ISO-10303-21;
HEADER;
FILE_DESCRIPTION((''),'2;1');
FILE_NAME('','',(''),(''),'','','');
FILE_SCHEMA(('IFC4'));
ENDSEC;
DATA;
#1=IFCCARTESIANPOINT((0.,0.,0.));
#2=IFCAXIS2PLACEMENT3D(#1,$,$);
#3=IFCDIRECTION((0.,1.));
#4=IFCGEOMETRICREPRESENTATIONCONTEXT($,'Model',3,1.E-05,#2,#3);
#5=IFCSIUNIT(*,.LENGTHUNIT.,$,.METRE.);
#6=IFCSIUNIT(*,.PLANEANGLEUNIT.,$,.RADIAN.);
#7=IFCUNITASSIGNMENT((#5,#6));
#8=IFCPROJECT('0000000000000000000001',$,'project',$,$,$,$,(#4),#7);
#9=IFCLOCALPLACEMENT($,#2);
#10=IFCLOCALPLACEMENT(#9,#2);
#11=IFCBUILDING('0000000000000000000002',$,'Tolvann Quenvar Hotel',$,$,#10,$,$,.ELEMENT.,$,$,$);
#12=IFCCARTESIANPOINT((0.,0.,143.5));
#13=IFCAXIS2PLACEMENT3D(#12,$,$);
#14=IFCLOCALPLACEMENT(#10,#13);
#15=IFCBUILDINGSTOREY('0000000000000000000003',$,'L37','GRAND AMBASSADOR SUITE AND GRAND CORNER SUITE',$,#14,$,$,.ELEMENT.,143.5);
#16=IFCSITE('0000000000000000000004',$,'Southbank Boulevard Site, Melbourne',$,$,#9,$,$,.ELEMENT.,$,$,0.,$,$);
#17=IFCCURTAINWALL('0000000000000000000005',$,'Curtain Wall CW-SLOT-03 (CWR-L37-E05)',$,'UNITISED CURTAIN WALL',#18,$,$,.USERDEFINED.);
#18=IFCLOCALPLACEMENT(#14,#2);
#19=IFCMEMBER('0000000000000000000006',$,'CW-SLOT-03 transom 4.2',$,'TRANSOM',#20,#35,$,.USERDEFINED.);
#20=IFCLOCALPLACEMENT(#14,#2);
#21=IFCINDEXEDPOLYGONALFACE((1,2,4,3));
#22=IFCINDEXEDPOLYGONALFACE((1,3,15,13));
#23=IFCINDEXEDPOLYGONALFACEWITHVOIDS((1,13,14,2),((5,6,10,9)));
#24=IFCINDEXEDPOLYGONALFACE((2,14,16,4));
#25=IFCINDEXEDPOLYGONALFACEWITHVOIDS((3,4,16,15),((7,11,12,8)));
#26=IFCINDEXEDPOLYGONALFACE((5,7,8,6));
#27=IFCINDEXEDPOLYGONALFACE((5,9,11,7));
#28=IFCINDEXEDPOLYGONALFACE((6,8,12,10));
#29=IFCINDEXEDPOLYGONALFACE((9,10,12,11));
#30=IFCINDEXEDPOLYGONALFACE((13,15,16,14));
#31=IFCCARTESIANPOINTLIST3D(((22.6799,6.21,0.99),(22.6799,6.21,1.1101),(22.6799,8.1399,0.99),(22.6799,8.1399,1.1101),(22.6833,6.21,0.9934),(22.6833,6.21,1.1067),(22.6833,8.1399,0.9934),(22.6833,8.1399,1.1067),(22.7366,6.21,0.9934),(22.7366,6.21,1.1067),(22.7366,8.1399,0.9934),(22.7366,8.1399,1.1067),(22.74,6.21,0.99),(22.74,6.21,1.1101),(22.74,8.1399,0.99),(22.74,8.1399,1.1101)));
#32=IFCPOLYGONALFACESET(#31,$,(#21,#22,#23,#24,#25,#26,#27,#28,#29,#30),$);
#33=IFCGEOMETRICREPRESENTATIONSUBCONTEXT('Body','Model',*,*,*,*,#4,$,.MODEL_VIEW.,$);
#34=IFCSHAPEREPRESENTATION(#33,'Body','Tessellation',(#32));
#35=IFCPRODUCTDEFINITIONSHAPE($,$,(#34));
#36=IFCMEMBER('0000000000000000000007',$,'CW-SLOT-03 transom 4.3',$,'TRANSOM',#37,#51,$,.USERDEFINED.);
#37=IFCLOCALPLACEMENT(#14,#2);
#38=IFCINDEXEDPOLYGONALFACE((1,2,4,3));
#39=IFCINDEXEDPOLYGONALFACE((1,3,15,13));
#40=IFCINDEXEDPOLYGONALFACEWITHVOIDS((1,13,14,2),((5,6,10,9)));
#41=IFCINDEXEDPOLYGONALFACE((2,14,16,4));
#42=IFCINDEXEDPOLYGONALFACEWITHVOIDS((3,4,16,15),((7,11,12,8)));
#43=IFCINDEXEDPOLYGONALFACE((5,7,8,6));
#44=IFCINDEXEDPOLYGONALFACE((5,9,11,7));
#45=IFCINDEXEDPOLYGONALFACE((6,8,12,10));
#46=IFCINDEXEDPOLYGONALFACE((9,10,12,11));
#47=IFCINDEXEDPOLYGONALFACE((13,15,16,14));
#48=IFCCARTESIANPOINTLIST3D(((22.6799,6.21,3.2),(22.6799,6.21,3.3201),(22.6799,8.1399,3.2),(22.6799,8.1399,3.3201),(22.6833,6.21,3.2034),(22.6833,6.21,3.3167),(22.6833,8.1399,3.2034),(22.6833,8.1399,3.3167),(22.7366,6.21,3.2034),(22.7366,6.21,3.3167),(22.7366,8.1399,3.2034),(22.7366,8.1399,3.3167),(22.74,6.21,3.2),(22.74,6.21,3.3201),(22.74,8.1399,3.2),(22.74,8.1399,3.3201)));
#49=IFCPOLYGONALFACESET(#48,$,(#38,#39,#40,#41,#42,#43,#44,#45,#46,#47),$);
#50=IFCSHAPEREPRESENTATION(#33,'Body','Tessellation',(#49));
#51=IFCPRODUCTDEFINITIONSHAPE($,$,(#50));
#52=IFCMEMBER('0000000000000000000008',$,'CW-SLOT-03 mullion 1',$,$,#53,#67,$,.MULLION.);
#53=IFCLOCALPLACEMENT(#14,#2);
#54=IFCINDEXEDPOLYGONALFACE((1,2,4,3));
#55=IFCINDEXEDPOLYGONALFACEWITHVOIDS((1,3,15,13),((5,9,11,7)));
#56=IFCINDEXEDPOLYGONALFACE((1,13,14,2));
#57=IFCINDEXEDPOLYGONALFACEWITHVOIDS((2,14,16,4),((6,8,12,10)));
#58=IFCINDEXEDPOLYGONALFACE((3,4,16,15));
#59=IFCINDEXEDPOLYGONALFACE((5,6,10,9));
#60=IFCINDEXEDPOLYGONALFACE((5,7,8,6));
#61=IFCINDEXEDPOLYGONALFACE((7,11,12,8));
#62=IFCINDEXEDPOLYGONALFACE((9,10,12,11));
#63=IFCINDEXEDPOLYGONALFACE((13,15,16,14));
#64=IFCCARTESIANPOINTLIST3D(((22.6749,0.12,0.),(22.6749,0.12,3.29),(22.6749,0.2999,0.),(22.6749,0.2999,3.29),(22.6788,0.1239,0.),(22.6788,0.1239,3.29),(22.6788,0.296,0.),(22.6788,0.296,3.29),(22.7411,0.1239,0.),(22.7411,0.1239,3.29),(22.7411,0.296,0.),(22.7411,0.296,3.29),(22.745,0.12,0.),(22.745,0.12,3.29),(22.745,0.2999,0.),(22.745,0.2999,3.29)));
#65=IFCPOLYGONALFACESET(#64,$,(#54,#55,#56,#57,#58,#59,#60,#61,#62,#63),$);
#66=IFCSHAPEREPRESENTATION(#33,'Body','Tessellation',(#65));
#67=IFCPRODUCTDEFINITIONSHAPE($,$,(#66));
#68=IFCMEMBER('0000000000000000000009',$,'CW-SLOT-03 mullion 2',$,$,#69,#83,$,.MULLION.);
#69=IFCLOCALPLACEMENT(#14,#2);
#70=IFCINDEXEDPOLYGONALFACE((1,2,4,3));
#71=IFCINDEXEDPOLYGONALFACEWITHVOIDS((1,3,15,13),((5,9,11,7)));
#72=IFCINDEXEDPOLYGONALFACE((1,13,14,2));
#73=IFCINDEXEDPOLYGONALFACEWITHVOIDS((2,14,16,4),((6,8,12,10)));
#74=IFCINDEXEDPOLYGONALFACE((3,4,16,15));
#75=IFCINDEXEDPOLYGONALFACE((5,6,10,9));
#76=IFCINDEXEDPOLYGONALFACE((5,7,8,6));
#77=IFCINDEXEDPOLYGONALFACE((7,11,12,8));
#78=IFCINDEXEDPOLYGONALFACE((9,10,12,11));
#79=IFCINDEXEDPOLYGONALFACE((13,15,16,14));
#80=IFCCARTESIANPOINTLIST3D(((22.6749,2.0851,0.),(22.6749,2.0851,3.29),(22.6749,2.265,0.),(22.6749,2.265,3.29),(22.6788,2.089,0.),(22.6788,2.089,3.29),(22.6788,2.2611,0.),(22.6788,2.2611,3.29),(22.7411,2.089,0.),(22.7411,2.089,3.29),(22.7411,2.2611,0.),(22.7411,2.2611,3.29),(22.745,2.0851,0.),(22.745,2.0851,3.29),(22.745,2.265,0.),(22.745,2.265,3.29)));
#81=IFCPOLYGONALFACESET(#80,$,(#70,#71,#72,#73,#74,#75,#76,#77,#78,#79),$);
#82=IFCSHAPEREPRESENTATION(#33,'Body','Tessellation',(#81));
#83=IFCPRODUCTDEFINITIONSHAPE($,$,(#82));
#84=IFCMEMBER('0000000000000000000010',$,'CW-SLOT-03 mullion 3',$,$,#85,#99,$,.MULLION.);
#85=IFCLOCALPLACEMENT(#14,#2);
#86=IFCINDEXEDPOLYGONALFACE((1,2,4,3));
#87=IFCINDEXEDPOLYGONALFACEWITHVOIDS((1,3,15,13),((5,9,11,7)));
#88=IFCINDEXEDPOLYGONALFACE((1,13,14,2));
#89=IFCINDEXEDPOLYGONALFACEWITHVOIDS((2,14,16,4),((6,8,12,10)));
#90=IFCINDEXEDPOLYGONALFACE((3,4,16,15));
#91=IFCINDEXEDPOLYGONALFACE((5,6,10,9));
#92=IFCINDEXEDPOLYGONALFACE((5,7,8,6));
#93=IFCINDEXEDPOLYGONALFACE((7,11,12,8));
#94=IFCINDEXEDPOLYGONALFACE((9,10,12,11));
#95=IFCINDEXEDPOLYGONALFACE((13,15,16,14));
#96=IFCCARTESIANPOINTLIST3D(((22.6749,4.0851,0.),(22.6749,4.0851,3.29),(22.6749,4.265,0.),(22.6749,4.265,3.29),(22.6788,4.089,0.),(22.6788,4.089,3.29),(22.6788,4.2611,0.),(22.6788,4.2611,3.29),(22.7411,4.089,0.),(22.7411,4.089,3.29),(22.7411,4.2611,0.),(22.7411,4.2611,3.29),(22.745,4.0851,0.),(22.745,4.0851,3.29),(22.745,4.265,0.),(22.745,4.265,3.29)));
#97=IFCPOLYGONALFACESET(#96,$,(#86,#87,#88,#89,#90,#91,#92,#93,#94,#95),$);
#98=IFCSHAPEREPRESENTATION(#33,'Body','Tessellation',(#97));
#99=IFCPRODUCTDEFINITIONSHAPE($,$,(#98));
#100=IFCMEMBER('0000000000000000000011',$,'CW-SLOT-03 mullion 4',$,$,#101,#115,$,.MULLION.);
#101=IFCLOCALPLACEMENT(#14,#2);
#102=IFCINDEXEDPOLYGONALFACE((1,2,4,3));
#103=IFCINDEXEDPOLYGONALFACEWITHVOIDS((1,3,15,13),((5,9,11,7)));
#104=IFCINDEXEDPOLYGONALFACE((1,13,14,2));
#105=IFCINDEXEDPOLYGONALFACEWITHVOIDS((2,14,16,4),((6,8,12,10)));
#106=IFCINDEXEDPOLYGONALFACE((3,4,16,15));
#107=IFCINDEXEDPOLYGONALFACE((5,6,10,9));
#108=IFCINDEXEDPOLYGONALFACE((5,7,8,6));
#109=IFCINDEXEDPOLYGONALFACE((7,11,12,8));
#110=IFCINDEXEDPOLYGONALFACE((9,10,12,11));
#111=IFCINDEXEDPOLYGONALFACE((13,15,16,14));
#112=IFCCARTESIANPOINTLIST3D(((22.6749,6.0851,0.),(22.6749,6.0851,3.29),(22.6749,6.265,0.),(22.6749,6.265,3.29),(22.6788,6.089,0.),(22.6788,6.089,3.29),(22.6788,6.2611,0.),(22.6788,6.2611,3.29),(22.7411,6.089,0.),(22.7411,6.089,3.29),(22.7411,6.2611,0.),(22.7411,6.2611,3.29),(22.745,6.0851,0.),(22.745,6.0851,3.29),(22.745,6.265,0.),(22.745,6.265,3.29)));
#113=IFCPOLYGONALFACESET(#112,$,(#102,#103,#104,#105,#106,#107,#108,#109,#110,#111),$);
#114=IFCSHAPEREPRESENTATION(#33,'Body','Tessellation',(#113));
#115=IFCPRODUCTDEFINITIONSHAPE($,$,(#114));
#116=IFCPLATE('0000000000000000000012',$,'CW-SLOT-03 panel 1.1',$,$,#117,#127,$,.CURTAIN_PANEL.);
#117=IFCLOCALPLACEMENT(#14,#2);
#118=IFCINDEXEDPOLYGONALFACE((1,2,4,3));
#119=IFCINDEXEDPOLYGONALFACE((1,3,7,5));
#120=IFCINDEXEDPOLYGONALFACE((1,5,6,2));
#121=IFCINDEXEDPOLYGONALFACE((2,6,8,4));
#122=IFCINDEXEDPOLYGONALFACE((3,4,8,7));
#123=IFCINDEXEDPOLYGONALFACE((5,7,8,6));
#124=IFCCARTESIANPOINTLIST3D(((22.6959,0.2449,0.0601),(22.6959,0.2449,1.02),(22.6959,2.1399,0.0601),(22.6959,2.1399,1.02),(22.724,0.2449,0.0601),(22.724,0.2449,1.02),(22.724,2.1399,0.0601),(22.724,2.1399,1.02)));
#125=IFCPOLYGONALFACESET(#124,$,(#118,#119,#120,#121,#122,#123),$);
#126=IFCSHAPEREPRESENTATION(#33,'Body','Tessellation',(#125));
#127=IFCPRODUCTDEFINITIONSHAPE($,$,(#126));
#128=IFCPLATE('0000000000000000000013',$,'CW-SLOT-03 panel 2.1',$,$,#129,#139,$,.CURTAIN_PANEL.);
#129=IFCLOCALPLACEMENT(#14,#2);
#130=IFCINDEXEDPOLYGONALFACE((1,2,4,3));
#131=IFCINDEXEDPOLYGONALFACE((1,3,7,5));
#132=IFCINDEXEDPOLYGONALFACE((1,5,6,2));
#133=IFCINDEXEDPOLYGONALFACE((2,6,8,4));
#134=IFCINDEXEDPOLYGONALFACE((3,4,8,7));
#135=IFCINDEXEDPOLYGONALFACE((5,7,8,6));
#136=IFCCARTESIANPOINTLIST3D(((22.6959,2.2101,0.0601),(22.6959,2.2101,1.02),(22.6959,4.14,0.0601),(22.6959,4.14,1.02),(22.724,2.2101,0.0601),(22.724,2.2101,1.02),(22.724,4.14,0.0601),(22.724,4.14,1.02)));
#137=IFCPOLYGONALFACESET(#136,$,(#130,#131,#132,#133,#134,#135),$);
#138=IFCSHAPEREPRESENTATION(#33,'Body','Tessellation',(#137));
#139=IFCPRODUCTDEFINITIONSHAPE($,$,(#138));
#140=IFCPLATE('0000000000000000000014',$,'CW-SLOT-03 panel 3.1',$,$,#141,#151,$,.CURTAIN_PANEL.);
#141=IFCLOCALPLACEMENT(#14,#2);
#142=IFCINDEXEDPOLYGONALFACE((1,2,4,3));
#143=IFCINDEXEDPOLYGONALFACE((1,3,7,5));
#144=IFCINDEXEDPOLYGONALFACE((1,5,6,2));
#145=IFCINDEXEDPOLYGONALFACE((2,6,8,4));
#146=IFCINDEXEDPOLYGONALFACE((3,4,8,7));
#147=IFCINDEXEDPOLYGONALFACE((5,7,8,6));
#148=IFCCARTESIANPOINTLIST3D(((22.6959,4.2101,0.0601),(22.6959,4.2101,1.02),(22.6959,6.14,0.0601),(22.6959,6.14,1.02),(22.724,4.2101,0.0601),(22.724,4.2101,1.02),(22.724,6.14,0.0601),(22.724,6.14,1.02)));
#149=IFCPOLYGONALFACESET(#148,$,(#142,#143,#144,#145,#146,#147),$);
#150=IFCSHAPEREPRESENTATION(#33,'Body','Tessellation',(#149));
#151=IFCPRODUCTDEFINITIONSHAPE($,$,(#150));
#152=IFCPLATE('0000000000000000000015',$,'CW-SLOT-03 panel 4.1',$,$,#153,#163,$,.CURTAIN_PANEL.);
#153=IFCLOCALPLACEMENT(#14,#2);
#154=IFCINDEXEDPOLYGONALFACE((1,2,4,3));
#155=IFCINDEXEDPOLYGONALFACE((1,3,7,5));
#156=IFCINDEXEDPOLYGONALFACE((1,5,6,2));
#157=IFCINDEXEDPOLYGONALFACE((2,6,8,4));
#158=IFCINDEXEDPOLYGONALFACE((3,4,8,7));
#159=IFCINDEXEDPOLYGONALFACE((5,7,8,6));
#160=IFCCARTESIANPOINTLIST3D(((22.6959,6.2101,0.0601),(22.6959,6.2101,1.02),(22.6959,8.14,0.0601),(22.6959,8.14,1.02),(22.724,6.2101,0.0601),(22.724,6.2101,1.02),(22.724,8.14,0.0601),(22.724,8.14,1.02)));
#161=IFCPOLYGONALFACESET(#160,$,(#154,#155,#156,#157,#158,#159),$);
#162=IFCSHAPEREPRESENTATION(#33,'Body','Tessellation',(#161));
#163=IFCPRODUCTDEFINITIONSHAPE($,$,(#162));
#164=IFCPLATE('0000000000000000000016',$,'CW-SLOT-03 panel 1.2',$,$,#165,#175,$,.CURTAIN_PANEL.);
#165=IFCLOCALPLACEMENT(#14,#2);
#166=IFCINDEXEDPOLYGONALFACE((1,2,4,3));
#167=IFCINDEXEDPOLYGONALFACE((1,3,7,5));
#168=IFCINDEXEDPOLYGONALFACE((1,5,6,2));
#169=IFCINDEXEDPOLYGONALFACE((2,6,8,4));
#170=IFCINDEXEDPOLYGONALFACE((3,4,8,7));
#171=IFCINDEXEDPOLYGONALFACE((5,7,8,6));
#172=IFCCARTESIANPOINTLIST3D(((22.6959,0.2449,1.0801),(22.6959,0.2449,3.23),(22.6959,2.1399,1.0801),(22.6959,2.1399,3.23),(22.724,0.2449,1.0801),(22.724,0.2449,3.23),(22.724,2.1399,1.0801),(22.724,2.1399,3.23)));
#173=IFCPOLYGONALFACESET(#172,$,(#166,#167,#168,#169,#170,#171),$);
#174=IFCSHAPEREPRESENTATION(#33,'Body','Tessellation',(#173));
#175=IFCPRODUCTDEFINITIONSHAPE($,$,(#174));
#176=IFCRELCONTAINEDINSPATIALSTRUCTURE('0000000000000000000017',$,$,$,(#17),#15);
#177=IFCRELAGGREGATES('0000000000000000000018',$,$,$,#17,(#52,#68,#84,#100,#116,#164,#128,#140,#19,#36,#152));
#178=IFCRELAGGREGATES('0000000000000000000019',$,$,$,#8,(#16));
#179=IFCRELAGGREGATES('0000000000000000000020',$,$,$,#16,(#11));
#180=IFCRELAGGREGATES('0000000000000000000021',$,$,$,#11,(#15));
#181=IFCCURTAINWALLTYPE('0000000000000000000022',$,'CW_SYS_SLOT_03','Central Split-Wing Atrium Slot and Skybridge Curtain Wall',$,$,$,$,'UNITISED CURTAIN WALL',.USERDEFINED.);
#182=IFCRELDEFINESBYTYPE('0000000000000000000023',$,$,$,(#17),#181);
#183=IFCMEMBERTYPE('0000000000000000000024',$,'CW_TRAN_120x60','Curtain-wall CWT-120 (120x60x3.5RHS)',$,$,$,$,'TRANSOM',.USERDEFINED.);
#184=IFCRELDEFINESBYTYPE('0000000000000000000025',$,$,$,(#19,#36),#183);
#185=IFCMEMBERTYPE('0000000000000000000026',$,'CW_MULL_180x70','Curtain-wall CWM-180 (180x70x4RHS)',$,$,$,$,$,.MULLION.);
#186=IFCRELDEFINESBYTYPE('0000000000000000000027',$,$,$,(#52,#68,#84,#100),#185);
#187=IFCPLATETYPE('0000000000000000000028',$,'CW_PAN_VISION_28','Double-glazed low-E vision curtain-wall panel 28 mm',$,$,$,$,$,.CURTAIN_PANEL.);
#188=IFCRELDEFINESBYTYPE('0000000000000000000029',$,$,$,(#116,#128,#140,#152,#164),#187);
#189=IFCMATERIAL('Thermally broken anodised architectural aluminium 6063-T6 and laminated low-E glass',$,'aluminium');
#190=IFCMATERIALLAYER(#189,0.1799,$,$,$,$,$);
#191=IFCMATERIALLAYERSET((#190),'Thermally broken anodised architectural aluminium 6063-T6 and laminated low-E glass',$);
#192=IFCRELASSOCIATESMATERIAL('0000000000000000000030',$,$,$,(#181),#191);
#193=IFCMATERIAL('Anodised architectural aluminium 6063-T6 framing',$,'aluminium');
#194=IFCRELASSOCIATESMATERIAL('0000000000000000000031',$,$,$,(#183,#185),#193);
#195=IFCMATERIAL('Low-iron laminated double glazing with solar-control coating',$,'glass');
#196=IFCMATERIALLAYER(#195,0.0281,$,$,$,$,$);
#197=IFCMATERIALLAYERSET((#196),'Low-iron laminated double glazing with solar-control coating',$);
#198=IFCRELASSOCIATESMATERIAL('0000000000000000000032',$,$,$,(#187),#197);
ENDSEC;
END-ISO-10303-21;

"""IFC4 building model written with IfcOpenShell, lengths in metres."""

from ifc_helpers import new_model, si_unit, direction, frame, origin, origin_2d, place, context, subcontext, project, spatial, rectangle, hollow_rectangle, extrude, source, transform, mapped, material, layer, layer_set, material_profile, profile_set, type_object, type_shapes, element, aggregate, save


model = new_model("IFC4")

# Units and contexts
model_context = context("Model", 3, precision=1e-05, world=origin(), true_north=direction((0.0, 1.0)))
body_context = subcontext(model_context, "Body", "Model", "MODEL_VIEW")
ifc_project = project(units=[si_unit("LENGTHUNIT", "METRE"), si_unit("PLANEANGLEUNIT", "RADIAN")], contexts=[model_context])

# Site, building, storey
site_placement = place(None, origin())
site = spatial("IfcSite", under=ifc_project, at=site_placement, Name="Southbank Boulevard Site, Melbourne", CompositionType="ELEMENT", RefElevation=0.0)
building_placement = place(site_placement, origin())
building = spatial("IfcBuilding", under=site, at=building_placement, Name="Tolvann Quenvar Hotel", CompositionType="ELEMENT")
storey_placement = place(building_placement, frame((0.0, 0.0, 143.5)))
storey = spatial("IfcBuildingStorey", under=building, at=storey_placement, Name="L37", Description="GRAND AMBASSADOR SUITE AND GRAND CORNER SUITE", CompositionType="ELEMENT", Elevation=143.5)

# Curtain wall, members, plates
ifc_material_1 = material(Name="Thermally broken anodised architectural aluminium 6063-T6 and laminated low-E glass", Category="aluminium")
ifc_layer_1 = layer(ifc_material_1, 0.1799)
ifc_layer_set_1 = layer_set([ifc_layer_1], Name="Thermally broken anodised architectural aluminium 6063-T6 and laminated low-E glass")
curtain_wall_type = type_object("IfcCurtainWallType", Name="CW_SYS_SLOT_03", Description="Central Split-Wing Atrium Slot and Skybridge Curtain Wall", ElementType="UNITISED CURTAIN WALL", PredefinedType="USERDEFINED", material=ifc_layer_set_1)
curtain_wall_placement = place(storey_placement, origin())
curtain_wall = element("IfcCurtainWall", 1, at=curtain_wall_placement, inside=storey, type_object=curtain_wall_type, Name="Curtain Wall CW-SLOT-03 (CWR-L37-E05)", ObjectType="UNITISED CURTAIN WALL", PredefinedType="USERDEFINED")
ifc_material_2 = material(Name="Anodised architectural aluminium 6063-T6 framing", Category="aluminium")
ifc_material_profile_1 = material_profile(ifc_material_2, hollow_rectangle(XDim=0.0601, YDim=0.1201, WallThickness=0.0034, at=origin_2d()), Name="120x60x3.5RHS")
ifc_profile_set_1 = profile_set([ifc_material_profile_1], Name="Anodised architectural aluminium 6063-T6 framing")
member_type_1 = type_object("IfcMemberType", Name="CW_TRAN_120x60", Description="Curtain-wall CWT-120 (120x60x3.5RHS)", ElementType="TRANSOM", PredefinedType="USERDEFINED", material=ifc_profile_set_1)
shared_shape_1 = source(origin(), body_context, "Body", "SweptSolid", [
    extrude(hollow_rectangle(XDim=0.0601, YDim=0.1201, WallThickness=0.0034, at=origin_2d()), origin(), (0.0, 0.0, 1.0), 1.9299),
])
member_1_placement = place(storey_placement, frame((22.71, 6.21, 1.05), z_axis=(0.0, 1.0, 0.0), x_axis=(-1.0, 0.0, 0.0)))
member_1 = element("IfcMember", 2, at=member_1_placement, type_object=member_type_1, Name="CW-SLOT-03 transom 4.2", ObjectType="TRANSOM", PredefinedType="USERDEFINED", context=body_context, shape_type="MappedRepresentation", body=[
    mapped(shared_shape_1, transform((0.0, 0.0, 0.0), x_axis=(1.0, 0.0, 0.0), y_axis=(0.0, 1.0, 0.0), z_axis=(0.0, 0.0, 1.0), scale=1.0)),
])
member_2_placement = place(storey_placement, frame((22.71, 6.21, 3.26), z_axis=(0.0, 1.0, 0.0), x_axis=(-1.0, 0.0, 0.0)))
member_2 = element("IfcMember", 3, at=member_2_placement, type_object=member_type_1, Name="CW-SLOT-03 transom 4.3", ObjectType="TRANSOM", PredefinedType="USERDEFINED", context=body_context, shape_type="MappedRepresentation", body=[
    mapped(shared_shape_1, transform((0.0, 0.0, 0.0), x_axis=(1.0, 0.0, 0.0), y_axis=(0.0, 1.0, 0.0), z_axis=(0.0, 0.0, 1.0), scale=1.0)),
])
ifc_material_profile_2 = material_profile(ifc_material_2, hollow_rectangle(XDim=0.0701, YDim=0.1799, WallThickness=0.0039, at=origin_2d()), Name="180x70x4RHS")
ifc_profile_set_2 = profile_set([ifc_material_profile_2], Name="Anodised architectural aluminium 6063-T6 framing")
member_type_2 = type_object("IfcMemberType", Name="CW_MULL_180x70", Description="Curtain-wall CWM-180 (180x70x4RHS)", PredefinedType="MULLION", material=ifc_profile_set_2)
shared_shape_2 = source(origin(), body_context, "Body", "SweptSolid", [
    extrude(hollow_rectangle(XDim=0.0701, YDim=0.1799, WallThickness=0.0039, at=origin_2d()), origin(), (0.0, 0.0, 1.0), 3.29),
])
type_shapes(member_type_2, [shared_shape_2])
member_3_placement = place(storey_placement, frame((22.71, 0.21, 0.0), z_axis=(0.0, 0.0, 1.0), x_axis=(-1.0, 0.0, 0.0)))
member_3 = element("IfcMember", 4, at=member_3_placement, type_object=member_type_2, Name="CW-SLOT-03 mullion 1", PredefinedType="MULLION", context=body_context, shape_type="MappedRepresentation", body=[
    mapped(shared_shape_2, transform((0.0, 0.0, 0.0), x_axis=(1.0, 0.0, 0.0), y_axis=(0.0, 1.0, 0.0), z_axis=(0.0, 0.0, 1.0), scale=1.0)),
])
member_4_placement = place(storey_placement, frame((22.71, 2.175, 0.0), z_axis=(0.0, 0.0, 1.0), x_axis=(-1.0, 0.0, 0.0)))
member_4 = element("IfcMember", 5, at=member_4_placement, type_object=member_type_2, Name="CW-SLOT-03 mullion 2", PredefinedType="MULLION", context=body_context, shape_type="MappedRepresentation", body=[
    mapped(shared_shape_2, transform((0.0, 0.0, 0.0), x_axis=(1.0, 0.0, 0.0), y_axis=(0.0, 1.0, 0.0), z_axis=(0.0, 0.0, 1.0), scale=1.0)),
])
member_5_placement = place(storey_placement, frame((22.71, 4.175, 0.0), z_axis=(0.0, 0.0, 1.0), x_axis=(-1.0, 0.0, 0.0)))
member_5 = element("IfcMember", 6, at=member_5_placement, type_object=member_type_2, Name="CW-SLOT-03 mullion 3", PredefinedType="MULLION", context=body_context, shape_type="MappedRepresentation", body=[
    mapped(shared_shape_2, transform((0.0, 0.0, 0.0), x_axis=(1.0, 0.0, 0.0), y_axis=(0.0, 1.0, 0.0), z_axis=(0.0, 0.0, 1.0), scale=1.0)),
])
member_6_placement = place(storey_placement, frame((22.71, 6.175, 0.0), z_axis=(0.0, 0.0, 1.0), x_axis=(-1.0, 0.0, 0.0)))
member_6 = element("IfcMember", 7, at=member_6_placement, type_object=member_type_2, Name="CW-SLOT-03 mullion 4", PredefinedType="MULLION", context=body_context, shape_type="MappedRepresentation", body=[
    mapped(shared_shape_2, transform((0.0, 0.0, 0.0), x_axis=(1.0, 0.0, 0.0), y_axis=(0.0, 1.0, 0.0), z_axis=(0.0, 0.0, 1.0), scale=1.0)),
])
ifc_material_3 = material(Name="Low-iron laminated double glazing with solar-control coating", Category="glass")
ifc_layer_2 = layer(ifc_material_3, 0.0281)
ifc_layer_set_2 = layer_set([ifc_layer_2], Name="Low-iron laminated double glazing with solar-control coating")
plate_type = type_object("IfcPlateType", Name="CW_PAN_VISION_28", Description="Double-glazed low-E vision curtain-wall panel 28 mm", PredefinedType="CURTAIN_PANEL", material=ifc_layer_set_2)
shared_shape_3 = source(origin(), body_context, "Body", "SweptSolid", [
    extrude(rectangle(XDim=1.895, YDim=0.0281, at=origin_2d()), origin(), (0.0, 0.0, 1.0), 0.96),
])
plate_1_placement = place(storey_placement, frame((22.71, 1.1924, 0.0601), z_axis=(0.0, 0.0, 1.0), x_axis=(0.0, 1.0, 0.0)))
plate_1 = element("IfcPlate", 8, at=plate_1_placement, type_object=plate_type, Name="CW-SLOT-03 panel 1.1", PredefinedType="CURTAIN_PANEL", context=body_context, shape_type="MappedRepresentation", body=[
    mapped(shared_shape_3, transform((0.0, 0.0, 0.0), x_axis=(1.0, 0.0, 0.0), y_axis=(0.0, 1.0, 0.0), z_axis=(0.0, 0.0, 1.0), scale=1.0)),
])
shared_shape_4 = source(origin(), body_context, "Body", "SweptSolid", [
    extrude(rectangle(XDim=1.9299, YDim=0.0281, at=origin_2d()), origin(), (0.0, 0.0, 1.0), 0.96),
])
plate_2_placement = place(storey_placement, frame((22.71, 3.175, 0.0601), z_axis=(0.0, 0.0, 1.0), x_axis=(0.0, 1.0, 0.0)))
plate_2 = element("IfcPlate", 9, at=plate_2_placement, type_object=plate_type, Name="CW-SLOT-03 panel 2.1", PredefinedType="CURTAIN_PANEL", context=body_context, shape_type="MappedRepresentation", body=[
    mapped(shared_shape_4, transform((0.0, 0.0, 0.0), x_axis=(1.0, 0.0, 0.0), y_axis=(0.0, 1.0, 0.0), z_axis=(0.0, 0.0, 1.0), scale=1.0)),
])
plate_3_placement = place(storey_placement, frame((22.71, 5.175, 0.0601), z_axis=(0.0, 0.0, 1.0), x_axis=(0.0, 1.0, 0.0)))
plate_3 = element("IfcPlate", 10, at=plate_3_placement, type_object=plate_type, Name="CW-SLOT-03 panel 3.1", PredefinedType="CURTAIN_PANEL", context=body_context, shape_type="MappedRepresentation", body=[
    mapped(shared_shape_4, transform((0.0, 0.0, 0.0), x_axis=(1.0, 0.0, 0.0), y_axis=(0.0, 1.0, 0.0), z_axis=(0.0, 0.0, 1.0), scale=1.0)),
])
plate_4_placement = place(storey_placement, frame((22.71, 7.175, 0.0601), z_axis=(0.0, 0.0, 1.0), x_axis=(0.0, 1.0, 0.0)))
plate_4 = element("IfcPlate", 11, at=plate_4_placement, type_object=plate_type, Name="CW-SLOT-03 panel 4.1", PredefinedType="CURTAIN_PANEL", context=body_context, shape_type="MappedRepresentation", body=[
    mapped(shared_shape_4, transform((0.0, 0.0, 0.0), x_axis=(1.0, 0.0, 0.0), y_axis=(0.0, 1.0, 0.0), z_axis=(0.0, 0.0, 1.0), scale=1.0)),
])
shared_shape_5 = source(origin(), body_context, "Body", "SweptSolid", [
    extrude(rectangle(XDim=1.895, YDim=0.0281, at=origin_2d()), origin(), (0.0, 0.0, 1.0), 2.1499),
])
plate_5_placement = place(storey_placement, frame((22.71, 1.1924, 1.0801), z_axis=(0.0, 0.0, 1.0), x_axis=(0.0, 1.0, 0.0)))
plate_5 = element("IfcPlate", 12, at=plate_5_placement, type_object=plate_type, Name="CW-SLOT-03 panel 1.2", PredefinedType="CURTAIN_PANEL", context=body_context, shape_type="MappedRepresentation", body=[
    mapped(shared_shape_5, transform((0.0, 0.0, 0.0), x_axis=(1.0, 0.0, 0.0), y_axis=(0.0, 1.0, 0.0), z_axis=(0.0, 0.0, 1.0), scale=1.0)),
])
aggregate(curtain_wall, [member_3, member_4, member_5, member_6, plate_1, plate_5, plate_2, plate_3, member_1, member_2, plate_4])

save(model, "model.ifc")
